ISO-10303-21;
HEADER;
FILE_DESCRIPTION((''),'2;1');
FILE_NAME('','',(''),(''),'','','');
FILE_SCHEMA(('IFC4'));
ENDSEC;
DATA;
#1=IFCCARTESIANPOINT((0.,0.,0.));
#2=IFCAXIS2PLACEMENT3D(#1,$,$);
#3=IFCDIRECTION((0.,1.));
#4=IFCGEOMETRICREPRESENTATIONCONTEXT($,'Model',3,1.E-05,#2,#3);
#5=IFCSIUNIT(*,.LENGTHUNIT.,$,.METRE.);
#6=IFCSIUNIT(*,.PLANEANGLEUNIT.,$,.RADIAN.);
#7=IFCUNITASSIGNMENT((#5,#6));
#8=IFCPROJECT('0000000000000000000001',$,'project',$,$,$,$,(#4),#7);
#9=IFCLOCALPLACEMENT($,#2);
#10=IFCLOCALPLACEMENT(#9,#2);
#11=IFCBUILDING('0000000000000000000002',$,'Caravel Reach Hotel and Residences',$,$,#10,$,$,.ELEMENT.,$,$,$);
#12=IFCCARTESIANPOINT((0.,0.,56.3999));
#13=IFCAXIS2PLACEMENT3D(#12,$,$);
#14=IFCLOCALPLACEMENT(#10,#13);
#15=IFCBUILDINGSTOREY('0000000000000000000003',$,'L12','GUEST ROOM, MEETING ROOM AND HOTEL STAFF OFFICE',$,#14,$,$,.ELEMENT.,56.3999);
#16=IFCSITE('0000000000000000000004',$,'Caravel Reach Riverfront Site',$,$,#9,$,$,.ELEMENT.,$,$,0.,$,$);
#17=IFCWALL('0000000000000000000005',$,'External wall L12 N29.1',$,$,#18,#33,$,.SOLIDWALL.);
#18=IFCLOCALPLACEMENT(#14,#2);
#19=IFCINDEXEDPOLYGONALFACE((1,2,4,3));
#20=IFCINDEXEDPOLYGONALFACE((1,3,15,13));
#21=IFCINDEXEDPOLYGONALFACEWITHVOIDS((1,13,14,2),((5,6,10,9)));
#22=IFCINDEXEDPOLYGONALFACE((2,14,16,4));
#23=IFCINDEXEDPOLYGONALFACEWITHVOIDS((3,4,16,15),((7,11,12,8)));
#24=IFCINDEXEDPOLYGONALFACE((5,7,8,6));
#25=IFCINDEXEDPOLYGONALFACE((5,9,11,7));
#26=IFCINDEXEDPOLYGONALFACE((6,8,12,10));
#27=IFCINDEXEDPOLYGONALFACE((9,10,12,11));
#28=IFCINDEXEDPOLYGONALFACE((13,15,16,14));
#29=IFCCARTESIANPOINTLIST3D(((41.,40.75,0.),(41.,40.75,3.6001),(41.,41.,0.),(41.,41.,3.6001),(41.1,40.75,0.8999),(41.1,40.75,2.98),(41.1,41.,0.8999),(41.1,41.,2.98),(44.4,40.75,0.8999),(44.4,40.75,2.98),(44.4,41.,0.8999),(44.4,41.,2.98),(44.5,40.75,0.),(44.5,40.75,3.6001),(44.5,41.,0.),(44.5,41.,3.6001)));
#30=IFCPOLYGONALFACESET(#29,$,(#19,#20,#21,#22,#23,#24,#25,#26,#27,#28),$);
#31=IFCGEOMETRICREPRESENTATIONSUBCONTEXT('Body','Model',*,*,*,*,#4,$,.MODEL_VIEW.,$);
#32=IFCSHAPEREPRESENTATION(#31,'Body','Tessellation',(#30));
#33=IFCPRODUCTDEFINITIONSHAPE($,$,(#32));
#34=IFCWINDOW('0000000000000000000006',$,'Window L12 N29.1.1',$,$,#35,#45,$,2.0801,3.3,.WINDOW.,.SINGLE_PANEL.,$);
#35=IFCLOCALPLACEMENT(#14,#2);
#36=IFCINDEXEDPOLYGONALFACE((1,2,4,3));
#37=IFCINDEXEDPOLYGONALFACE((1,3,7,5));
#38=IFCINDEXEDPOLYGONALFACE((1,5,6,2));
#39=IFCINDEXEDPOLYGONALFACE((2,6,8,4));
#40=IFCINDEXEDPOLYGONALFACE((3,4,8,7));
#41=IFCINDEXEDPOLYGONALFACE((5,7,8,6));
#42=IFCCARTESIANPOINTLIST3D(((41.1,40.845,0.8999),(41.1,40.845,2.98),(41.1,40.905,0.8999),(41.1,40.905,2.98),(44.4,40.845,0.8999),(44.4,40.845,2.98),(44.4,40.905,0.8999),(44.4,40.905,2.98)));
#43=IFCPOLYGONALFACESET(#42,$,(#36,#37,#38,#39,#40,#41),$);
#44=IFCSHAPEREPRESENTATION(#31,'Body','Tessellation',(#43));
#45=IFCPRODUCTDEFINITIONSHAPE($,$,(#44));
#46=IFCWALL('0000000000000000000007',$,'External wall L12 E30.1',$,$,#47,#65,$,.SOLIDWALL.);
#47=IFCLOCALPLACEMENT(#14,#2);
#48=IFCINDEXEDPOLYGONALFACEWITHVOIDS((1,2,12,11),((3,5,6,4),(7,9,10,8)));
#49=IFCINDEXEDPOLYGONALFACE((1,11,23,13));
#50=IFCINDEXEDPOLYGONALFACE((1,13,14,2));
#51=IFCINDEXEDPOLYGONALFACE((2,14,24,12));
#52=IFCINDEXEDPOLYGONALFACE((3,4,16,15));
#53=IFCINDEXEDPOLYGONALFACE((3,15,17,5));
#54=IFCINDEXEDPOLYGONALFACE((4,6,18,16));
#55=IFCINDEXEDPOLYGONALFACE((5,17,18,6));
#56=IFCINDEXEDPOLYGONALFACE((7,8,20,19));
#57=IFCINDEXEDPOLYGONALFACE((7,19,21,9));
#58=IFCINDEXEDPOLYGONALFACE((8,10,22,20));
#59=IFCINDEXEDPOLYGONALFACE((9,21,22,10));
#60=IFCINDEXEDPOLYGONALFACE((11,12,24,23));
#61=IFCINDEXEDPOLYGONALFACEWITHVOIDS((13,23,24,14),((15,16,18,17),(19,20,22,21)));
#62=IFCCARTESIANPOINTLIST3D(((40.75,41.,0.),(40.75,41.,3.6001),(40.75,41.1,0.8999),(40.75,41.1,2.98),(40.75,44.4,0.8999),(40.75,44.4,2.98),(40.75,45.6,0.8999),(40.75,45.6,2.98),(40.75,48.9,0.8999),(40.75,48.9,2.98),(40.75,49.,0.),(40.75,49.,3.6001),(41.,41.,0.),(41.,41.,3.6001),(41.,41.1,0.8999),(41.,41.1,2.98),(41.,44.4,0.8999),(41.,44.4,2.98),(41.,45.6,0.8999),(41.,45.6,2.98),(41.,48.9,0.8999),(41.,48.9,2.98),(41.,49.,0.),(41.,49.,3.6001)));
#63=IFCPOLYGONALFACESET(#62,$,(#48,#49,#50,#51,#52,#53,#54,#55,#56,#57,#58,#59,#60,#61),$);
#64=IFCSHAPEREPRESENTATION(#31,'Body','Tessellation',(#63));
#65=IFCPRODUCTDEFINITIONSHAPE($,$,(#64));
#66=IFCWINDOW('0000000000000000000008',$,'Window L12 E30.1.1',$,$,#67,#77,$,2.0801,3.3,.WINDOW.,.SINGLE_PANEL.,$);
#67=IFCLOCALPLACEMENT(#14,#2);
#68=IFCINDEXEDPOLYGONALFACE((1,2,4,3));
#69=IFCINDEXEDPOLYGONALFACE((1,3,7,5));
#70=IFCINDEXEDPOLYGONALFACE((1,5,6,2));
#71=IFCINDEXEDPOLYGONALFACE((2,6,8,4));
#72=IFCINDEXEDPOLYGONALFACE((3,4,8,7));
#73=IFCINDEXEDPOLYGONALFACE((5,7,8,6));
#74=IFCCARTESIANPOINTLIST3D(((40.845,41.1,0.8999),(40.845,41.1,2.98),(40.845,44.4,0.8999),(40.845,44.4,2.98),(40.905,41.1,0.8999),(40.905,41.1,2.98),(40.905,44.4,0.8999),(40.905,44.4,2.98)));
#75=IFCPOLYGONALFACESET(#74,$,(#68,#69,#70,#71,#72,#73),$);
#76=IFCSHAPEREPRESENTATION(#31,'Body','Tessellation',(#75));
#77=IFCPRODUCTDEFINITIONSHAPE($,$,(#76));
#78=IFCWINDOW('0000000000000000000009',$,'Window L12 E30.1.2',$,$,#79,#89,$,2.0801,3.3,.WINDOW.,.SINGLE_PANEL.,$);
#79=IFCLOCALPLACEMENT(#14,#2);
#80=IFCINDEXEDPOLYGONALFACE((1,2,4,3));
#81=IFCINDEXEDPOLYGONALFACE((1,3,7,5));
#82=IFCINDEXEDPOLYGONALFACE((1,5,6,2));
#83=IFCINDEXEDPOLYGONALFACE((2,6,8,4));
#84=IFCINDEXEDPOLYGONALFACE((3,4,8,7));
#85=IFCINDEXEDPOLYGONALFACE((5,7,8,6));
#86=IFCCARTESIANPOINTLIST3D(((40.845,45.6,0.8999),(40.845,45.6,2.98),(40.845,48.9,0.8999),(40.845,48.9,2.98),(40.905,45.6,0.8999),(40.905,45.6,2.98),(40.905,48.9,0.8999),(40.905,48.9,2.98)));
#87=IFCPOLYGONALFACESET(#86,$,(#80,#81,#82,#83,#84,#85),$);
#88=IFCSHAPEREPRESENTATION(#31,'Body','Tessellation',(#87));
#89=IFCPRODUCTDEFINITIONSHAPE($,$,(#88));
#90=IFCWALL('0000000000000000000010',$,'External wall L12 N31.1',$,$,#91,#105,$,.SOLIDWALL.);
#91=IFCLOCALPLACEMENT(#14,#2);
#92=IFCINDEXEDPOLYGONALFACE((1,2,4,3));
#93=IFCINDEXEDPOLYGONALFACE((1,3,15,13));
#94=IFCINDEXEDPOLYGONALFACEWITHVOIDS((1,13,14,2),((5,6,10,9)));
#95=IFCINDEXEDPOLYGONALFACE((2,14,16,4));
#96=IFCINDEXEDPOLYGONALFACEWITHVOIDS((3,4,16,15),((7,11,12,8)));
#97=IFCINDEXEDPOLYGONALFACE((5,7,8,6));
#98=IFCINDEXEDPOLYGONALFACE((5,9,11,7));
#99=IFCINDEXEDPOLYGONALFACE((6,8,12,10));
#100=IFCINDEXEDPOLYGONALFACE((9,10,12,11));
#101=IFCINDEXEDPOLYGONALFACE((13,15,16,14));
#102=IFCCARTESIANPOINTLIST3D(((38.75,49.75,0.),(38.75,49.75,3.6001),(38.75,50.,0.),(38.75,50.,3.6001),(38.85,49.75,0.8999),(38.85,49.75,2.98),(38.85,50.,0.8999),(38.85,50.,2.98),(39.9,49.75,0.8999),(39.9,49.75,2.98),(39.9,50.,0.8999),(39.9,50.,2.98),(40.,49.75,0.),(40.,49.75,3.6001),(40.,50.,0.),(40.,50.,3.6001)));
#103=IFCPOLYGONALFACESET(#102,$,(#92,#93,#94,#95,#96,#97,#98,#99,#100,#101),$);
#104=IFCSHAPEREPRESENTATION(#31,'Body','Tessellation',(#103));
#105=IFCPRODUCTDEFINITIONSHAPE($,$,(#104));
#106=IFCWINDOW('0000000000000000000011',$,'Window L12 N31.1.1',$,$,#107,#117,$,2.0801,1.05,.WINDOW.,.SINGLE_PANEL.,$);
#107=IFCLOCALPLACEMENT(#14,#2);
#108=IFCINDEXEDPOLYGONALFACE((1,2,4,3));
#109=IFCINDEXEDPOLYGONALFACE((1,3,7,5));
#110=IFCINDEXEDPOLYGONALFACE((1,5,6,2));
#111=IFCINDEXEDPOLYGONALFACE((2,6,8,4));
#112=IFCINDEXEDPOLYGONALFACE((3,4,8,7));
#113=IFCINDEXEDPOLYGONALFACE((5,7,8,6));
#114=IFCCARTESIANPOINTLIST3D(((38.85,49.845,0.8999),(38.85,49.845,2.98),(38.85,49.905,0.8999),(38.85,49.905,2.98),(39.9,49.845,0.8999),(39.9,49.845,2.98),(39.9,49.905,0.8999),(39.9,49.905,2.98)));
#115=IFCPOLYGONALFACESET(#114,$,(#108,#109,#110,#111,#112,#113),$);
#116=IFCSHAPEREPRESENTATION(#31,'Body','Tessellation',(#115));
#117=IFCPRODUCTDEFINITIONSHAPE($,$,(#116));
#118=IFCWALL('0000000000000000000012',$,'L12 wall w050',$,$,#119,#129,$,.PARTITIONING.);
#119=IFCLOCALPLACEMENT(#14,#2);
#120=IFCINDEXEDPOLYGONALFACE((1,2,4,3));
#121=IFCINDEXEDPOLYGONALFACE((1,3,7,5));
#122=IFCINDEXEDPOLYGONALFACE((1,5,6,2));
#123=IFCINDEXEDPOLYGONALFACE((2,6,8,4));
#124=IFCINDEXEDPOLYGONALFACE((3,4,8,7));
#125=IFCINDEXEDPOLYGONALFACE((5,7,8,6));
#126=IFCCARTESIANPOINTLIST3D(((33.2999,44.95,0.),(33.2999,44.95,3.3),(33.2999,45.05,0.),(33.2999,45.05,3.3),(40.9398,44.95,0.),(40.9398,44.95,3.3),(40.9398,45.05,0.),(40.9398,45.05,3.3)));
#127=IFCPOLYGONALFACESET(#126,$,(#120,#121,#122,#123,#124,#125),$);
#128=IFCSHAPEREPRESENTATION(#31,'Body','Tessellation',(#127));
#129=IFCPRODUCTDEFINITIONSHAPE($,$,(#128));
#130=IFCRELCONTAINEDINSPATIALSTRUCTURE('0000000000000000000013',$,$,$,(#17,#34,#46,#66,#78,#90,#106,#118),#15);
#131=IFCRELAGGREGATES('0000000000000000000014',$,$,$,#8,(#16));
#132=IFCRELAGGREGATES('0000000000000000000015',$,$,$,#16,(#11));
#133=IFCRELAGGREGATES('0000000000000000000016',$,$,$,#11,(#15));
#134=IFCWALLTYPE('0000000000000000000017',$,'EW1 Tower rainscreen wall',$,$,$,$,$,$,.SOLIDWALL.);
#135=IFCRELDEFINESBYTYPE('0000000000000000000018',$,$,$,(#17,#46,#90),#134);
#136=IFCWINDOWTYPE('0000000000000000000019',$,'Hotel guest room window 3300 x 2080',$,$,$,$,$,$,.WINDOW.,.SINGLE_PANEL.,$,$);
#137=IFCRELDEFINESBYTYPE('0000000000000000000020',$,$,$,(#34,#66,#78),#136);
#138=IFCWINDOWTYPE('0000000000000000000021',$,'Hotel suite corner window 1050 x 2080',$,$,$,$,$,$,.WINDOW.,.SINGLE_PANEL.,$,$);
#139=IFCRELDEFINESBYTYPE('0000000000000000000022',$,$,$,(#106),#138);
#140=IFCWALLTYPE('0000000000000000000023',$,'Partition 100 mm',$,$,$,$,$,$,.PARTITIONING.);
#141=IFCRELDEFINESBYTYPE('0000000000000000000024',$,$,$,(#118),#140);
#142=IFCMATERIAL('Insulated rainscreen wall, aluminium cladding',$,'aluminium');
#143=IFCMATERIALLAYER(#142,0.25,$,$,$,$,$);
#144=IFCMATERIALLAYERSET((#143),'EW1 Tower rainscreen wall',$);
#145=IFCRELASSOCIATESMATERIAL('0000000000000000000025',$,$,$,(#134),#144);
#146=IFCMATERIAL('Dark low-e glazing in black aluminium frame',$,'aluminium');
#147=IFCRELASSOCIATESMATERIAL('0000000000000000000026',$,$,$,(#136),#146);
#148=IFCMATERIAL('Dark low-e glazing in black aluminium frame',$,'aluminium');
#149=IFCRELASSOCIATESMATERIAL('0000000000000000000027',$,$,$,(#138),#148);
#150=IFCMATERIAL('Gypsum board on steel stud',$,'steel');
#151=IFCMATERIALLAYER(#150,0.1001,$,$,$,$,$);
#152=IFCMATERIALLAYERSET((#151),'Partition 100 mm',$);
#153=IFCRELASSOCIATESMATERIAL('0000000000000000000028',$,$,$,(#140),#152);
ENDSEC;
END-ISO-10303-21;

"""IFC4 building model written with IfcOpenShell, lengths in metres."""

from ifc_helpers import new_model, si_unit, direction, frame, frame_2d, origin, place, context, subcontext, project, spatial, rectangle, extrude, material, layer, layer_set, type_object, element, fill, save


model = new_model("IFC4")

# Units and contexts
model_context = context("Model", 3, precision=1e-05, world=origin(), true_north=direction((0.0, 1.0)))
body_context = subcontext(model_context, "Body", "Model", "MODEL_VIEW")
ifc_project = project(units=[si_unit("LENGTHUNIT", "METRE"), si_unit("PLANEANGLEUNIT", "RADIAN")], contexts=[model_context])

# Site, building, storey
site_placement = place(None, origin())
site = spatial("IfcSite", under=ifc_project, at=site_placement, Name="Caravel Reach Riverfront Site", CompositionType="ELEMENT", RefElevation=0.0)
building_placement = place(site_placement, origin())
building = spatial("IfcBuilding", under=site, at=building_placement, Name="Caravel Reach Hotel and Residences", CompositionType="ELEMENT")
storey_placement = place(building_placement, frame((0.0, 0.0, 56.3999)))
storey = spatial("IfcBuildingStorey", under=building, at=storey_placement, Name="L12", Description="GUEST ROOM, MEETING ROOM AND HOTEL STAFF OFFICE", CompositionType="ELEMENT", Elevation=56.3999)

# Wall, opening, window
ifc_material_1 = material(Name="Insulated rainscreen wall, aluminium cladding", Category="aluminium")
ifc_layer_1 = layer(ifc_material_1, 0.25)
ifc_layer_set_1 = layer_set([ifc_layer_1], Name="EW1 Tower rainscreen wall")
wall_type_1 = type_object("IfcWallType", Name="EW1 Tower rainscreen wall", PredefinedType="SOLIDWALL", material=ifc_layer_set_1)
wall_1_placement = place(storey_placement, frame((44.5, 40.875, 0.0), z_axis=(0.0, 0.0, 1.0), x_axis=(-1.0, 0.0, 0.0)))
wall_1 = element("IfcWall", 1, at=wall_1_placement, inside=storey, type_object=wall_type_1, Name="External wall L12 N29.1", PredefinedType="SOLIDWALL", context=body_context, shape_type="SweptSolid", body=[
    extrude(rectangle(XDim=3.5, YDim=0.25, at=frame_2d((1.75, 0.0))), origin(), (0.0, 0.0, 1.0), 3.6001),
])
opening_1_placement = place(wall_1_placement, frame((0.1001, 0.0, 0.8999)))
opening_1 = element("IfcOpeningElement", 2, at=opening_1_placement, cuts=wall_1, PredefinedType="OPENING", context=body_context, shape_type="SweptSolid", body=[
    extrude(rectangle(XDim=3.3, YDim=2.0801, at=frame_2d((1.6499, 1.04))), frame((0.0, 0.135, 0.0), z_axis=(0.0, -1.0, 0.0), x_axis=(1.0, 0.0, 0.0)), (0.0, 0.0, 1.0), 0.27),
])
ifc_material_2 = material(Name="Dark low-e glazing in black aluminium frame", Category="aluminium")
window_type_1 = type_object("IfcWindowType", Name="Hotel guest room window 3300 x 2080", PartitioningType="SINGLE_PANEL", PredefinedType="WINDOW", material=ifc_material_2)
window_1_placement = place(opening_1_placement, origin())
window_1 = element("IfcWindow", 3, at=window_1_placement, inside=storey, type_object=window_type_1, Name="Window L12 N29.1.1", OverallHeight=2.0801, OverallWidth=3.3, PartitioningType="SINGLE_PANEL", PredefinedType="WINDOW", context=body_context, shape_type="SweptSolid", body=[
    extrude(rectangle(XDim=3.3, YDim=2.0801, at=frame_2d((1.6499, 1.04))), frame((0.0, 0.03, 0.0), z_axis=(0.0, -1.0, 0.0), x_axis=(1.0, 0.0, 0.0)), (0.0, 0.0, 1.0), 0.0601),
])
fill(opening_1, window_1)

# Wall, openings, windows
wall_2_placement = place(storey_placement, frame((40.875, 41.0, 0.0), z_axis=(0.0, 0.0, 1.0), x_axis=(0.0, 1.0, 0.0)))
wall_2 = element("IfcWall", 4, at=wall_2_placement, inside=storey, type_object=wall_type_1, Name="External wall L12 E30.1", PredefinedType="SOLIDWALL", context=body_context, shape_type="SweptSolid", body=[
    extrude(rectangle(XDim=8.0, YDim=0.25, at=frame_2d((4.0, 0.0))), origin(), (0.0, 0.0, 1.0), 3.6001),
])
opening_2_placement = place(wall_2_placement, frame((0.1001, 0.0, 0.8999)))
opening_2 = element("IfcOpeningElement", 5, at=opening_2_placement, cuts=wall_2, PredefinedType="OPENING", context=body_context, shape_type="SweptSolid", body=[
    extrude(rectangle(XDim=3.3, YDim=2.0801, at=frame_2d((1.6499, 1.04))), frame((0.0, 0.135, 0.0), z_axis=(0.0, -1.0, 0.0), x_axis=(1.0, 0.0, 0.0)), (0.0, 0.0, 1.0), 0.27),
])
opening_3_placement = place(wall_2_placement, frame((4.6001, 0.0, 0.8999)))
opening_3 = element("IfcOpeningElement", 6, at=opening_3_placement, cuts=wall_2, PredefinedType="OPENING", context=body_context, shape_type="SweptSolid", body=[
    extrude(rectangle(XDim=3.3, YDim=2.0801, at=frame_2d((1.6499, 1.04))), frame((0.0, 0.135, 0.0), z_axis=(0.0, -1.0, 0.0), x_axis=(1.0, 0.0, 0.0)), (0.0, 0.0, 1.0), 0.27),
])
window_2_placement = place(opening_2_placement, origin())
window_2 = element("IfcWindow", 7, at=window_2_placement, inside=storey, type_object=window_type_1, Name="Window L12 E30.1.1", OverallHeight=2.0801, OverallWidth=3.3, PartitioningType="SINGLE_PANEL", PredefinedType="WINDOW", context=body_context, shape_type="SweptSolid", body=[
    extrude(rectangle(XDim=3.3, YDim=2.0801, at=frame_2d((1.6499, 1.04))), frame((0.0, 0.03, 0.0), z_axis=(0.0, -1.0, 0.0), x_axis=(1.0, 0.0, 0.0)), (0.0, 0.0, 1.0), 0.0601),
])
fill(opening_2, window_2)
window_3_placement = place(opening_3_placement, origin())
window_3 = element("IfcWindow", 8, at=window_3_placement, inside=storey, type_object=window_type_1, Name="Window L12 E30.1.2", OverallHeight=2.0801, OverallWidth=3.3, PartitioningType="SINGLE_PANEL", PredefinedType="WINDOW", context=body_context, shape_type="SweptSolid", body=[
    extrude(rectangle(XDim=3.3, YDim=2.0801, at=frame_2d((1.6499, 1.04))), frame((0.0, 0.03, 0.0), z_axis=(0.0, -1.0, 0.0), x_axis=(1.0, 0.0, 0.0)), (0.0, 0.0, 1.0), 0.0601),
])
fill(opening_3, window_3)

# Wall, opening, window
wall_3_placement = place(storey_placement, frame((40.0, 49.875, 0.0), z_axis=(0.0, 0.0, 1.0), x_axis=(-1.0, 0.0, 0.0)))
wall_3 = element("IfcWall", 9, at=wall_3_placement, inside=storey, type_object=wall_type_1, Name="External wall L12 N31.1", PredefinedType="SOLIDWALL", context=body_context, shape_type="SweptSolid", body=[
    extrude(rectangle(XDim=1.25, YDim=0.25, at=frame_2d((0.625, 0.0))), origin(), (0.0, 0.0, 1.0), 3.6001),
])
opening_4_placement = place(wall_3_placement, frame((0.1001, 0.0, 0.8999)))
opening_4 = element("IfcOpeningElement", 10, at=opening_4_placement, cuts=wall_3, PredefinedType="OPENING", context=body_context, shape_type="SweptSolid", body=[
    extrude(rectangle(XDim=1.05, YDim=2.0801, at=frame_2d((0.5249, 1.04))), frame((0.0, 0.135, 0.0), z_axis=(0.0, -1.0, 0.0), x_axis=(1.0, 0.0, 0.0)), (0.0, 0.0, 1.0), 0.27),
])
ifc_material_3 = material(Name="Dark low-e glazing in black aluminium frame", Category="aluminium")
window_type_2 = type_object("IfcWindowType", Name="Hotel suite corner window 1050 x 2080", PartitioningType="SINGLE_PANEL", PredefinedType="WINDOW", material=ifc_material_3)
window_4_placement = place(opening_4_placement, origin())
window_4 = element("IfcWindow", 11, at=window_4_placement, inside=storey, type_object=window_type_2, Name="Window L12 N31.1.1", OverallHeight=2.0801, OverallWidth=1.05, PartitioningType="SINGLE_PANEL", PredefinedType="WINDOW", context=body_context, shape_type="SweptSolid", body=[
    extrude(rectangle(XDim=1.05, YDim=2.0801, at=frame_2d((0.5249, 1.04))), frame((0.0, 0.03, 0.0), z_axis=(0.0, -1.0, 0.0), x_axis=(1.0, 0.0, 0.0)), (0.0, 0.0, 1.0), 0.0601),
])
fill(opening_4, window_4)

# Wall
ifc_material_4 = material(Name="Gypsum board on steel stud", Category="steel")
ifc_layer_2 = layer(ifc_material_4, 0.1001)
ifc_layer_set_2 = layer_set([ifc_layer_2], Name="Partition 100 mm")
wall_type_2 = type_object("IfcWallType", Name="Partition 100 mm", PredefinedType="PARTITIONING", material=ifc_layer_set_2)
wall_4_placement = place(storey_placement, frame((33.3, 45.0, 0.0), z_axis=(0.0, 0.0, 1.0), x_axis=(1.0, 0.0, 0.0)))
element("IfcWall", 12, at=wall_4_placement, inside=storey, type_object=wall_type_2, Name="L12 wall w050", PredefinedType="PARTITIONING", context=body_context, shape_type="SweptSolid", body=[
    extrude(rectangle(XDim=7.6399, YDim=0.1001, at=frame_2d((3.8198, 0.0))), origin(), (0.0, 0.0, 1.0), 3.3),
])

save(model, "model.ifc")
